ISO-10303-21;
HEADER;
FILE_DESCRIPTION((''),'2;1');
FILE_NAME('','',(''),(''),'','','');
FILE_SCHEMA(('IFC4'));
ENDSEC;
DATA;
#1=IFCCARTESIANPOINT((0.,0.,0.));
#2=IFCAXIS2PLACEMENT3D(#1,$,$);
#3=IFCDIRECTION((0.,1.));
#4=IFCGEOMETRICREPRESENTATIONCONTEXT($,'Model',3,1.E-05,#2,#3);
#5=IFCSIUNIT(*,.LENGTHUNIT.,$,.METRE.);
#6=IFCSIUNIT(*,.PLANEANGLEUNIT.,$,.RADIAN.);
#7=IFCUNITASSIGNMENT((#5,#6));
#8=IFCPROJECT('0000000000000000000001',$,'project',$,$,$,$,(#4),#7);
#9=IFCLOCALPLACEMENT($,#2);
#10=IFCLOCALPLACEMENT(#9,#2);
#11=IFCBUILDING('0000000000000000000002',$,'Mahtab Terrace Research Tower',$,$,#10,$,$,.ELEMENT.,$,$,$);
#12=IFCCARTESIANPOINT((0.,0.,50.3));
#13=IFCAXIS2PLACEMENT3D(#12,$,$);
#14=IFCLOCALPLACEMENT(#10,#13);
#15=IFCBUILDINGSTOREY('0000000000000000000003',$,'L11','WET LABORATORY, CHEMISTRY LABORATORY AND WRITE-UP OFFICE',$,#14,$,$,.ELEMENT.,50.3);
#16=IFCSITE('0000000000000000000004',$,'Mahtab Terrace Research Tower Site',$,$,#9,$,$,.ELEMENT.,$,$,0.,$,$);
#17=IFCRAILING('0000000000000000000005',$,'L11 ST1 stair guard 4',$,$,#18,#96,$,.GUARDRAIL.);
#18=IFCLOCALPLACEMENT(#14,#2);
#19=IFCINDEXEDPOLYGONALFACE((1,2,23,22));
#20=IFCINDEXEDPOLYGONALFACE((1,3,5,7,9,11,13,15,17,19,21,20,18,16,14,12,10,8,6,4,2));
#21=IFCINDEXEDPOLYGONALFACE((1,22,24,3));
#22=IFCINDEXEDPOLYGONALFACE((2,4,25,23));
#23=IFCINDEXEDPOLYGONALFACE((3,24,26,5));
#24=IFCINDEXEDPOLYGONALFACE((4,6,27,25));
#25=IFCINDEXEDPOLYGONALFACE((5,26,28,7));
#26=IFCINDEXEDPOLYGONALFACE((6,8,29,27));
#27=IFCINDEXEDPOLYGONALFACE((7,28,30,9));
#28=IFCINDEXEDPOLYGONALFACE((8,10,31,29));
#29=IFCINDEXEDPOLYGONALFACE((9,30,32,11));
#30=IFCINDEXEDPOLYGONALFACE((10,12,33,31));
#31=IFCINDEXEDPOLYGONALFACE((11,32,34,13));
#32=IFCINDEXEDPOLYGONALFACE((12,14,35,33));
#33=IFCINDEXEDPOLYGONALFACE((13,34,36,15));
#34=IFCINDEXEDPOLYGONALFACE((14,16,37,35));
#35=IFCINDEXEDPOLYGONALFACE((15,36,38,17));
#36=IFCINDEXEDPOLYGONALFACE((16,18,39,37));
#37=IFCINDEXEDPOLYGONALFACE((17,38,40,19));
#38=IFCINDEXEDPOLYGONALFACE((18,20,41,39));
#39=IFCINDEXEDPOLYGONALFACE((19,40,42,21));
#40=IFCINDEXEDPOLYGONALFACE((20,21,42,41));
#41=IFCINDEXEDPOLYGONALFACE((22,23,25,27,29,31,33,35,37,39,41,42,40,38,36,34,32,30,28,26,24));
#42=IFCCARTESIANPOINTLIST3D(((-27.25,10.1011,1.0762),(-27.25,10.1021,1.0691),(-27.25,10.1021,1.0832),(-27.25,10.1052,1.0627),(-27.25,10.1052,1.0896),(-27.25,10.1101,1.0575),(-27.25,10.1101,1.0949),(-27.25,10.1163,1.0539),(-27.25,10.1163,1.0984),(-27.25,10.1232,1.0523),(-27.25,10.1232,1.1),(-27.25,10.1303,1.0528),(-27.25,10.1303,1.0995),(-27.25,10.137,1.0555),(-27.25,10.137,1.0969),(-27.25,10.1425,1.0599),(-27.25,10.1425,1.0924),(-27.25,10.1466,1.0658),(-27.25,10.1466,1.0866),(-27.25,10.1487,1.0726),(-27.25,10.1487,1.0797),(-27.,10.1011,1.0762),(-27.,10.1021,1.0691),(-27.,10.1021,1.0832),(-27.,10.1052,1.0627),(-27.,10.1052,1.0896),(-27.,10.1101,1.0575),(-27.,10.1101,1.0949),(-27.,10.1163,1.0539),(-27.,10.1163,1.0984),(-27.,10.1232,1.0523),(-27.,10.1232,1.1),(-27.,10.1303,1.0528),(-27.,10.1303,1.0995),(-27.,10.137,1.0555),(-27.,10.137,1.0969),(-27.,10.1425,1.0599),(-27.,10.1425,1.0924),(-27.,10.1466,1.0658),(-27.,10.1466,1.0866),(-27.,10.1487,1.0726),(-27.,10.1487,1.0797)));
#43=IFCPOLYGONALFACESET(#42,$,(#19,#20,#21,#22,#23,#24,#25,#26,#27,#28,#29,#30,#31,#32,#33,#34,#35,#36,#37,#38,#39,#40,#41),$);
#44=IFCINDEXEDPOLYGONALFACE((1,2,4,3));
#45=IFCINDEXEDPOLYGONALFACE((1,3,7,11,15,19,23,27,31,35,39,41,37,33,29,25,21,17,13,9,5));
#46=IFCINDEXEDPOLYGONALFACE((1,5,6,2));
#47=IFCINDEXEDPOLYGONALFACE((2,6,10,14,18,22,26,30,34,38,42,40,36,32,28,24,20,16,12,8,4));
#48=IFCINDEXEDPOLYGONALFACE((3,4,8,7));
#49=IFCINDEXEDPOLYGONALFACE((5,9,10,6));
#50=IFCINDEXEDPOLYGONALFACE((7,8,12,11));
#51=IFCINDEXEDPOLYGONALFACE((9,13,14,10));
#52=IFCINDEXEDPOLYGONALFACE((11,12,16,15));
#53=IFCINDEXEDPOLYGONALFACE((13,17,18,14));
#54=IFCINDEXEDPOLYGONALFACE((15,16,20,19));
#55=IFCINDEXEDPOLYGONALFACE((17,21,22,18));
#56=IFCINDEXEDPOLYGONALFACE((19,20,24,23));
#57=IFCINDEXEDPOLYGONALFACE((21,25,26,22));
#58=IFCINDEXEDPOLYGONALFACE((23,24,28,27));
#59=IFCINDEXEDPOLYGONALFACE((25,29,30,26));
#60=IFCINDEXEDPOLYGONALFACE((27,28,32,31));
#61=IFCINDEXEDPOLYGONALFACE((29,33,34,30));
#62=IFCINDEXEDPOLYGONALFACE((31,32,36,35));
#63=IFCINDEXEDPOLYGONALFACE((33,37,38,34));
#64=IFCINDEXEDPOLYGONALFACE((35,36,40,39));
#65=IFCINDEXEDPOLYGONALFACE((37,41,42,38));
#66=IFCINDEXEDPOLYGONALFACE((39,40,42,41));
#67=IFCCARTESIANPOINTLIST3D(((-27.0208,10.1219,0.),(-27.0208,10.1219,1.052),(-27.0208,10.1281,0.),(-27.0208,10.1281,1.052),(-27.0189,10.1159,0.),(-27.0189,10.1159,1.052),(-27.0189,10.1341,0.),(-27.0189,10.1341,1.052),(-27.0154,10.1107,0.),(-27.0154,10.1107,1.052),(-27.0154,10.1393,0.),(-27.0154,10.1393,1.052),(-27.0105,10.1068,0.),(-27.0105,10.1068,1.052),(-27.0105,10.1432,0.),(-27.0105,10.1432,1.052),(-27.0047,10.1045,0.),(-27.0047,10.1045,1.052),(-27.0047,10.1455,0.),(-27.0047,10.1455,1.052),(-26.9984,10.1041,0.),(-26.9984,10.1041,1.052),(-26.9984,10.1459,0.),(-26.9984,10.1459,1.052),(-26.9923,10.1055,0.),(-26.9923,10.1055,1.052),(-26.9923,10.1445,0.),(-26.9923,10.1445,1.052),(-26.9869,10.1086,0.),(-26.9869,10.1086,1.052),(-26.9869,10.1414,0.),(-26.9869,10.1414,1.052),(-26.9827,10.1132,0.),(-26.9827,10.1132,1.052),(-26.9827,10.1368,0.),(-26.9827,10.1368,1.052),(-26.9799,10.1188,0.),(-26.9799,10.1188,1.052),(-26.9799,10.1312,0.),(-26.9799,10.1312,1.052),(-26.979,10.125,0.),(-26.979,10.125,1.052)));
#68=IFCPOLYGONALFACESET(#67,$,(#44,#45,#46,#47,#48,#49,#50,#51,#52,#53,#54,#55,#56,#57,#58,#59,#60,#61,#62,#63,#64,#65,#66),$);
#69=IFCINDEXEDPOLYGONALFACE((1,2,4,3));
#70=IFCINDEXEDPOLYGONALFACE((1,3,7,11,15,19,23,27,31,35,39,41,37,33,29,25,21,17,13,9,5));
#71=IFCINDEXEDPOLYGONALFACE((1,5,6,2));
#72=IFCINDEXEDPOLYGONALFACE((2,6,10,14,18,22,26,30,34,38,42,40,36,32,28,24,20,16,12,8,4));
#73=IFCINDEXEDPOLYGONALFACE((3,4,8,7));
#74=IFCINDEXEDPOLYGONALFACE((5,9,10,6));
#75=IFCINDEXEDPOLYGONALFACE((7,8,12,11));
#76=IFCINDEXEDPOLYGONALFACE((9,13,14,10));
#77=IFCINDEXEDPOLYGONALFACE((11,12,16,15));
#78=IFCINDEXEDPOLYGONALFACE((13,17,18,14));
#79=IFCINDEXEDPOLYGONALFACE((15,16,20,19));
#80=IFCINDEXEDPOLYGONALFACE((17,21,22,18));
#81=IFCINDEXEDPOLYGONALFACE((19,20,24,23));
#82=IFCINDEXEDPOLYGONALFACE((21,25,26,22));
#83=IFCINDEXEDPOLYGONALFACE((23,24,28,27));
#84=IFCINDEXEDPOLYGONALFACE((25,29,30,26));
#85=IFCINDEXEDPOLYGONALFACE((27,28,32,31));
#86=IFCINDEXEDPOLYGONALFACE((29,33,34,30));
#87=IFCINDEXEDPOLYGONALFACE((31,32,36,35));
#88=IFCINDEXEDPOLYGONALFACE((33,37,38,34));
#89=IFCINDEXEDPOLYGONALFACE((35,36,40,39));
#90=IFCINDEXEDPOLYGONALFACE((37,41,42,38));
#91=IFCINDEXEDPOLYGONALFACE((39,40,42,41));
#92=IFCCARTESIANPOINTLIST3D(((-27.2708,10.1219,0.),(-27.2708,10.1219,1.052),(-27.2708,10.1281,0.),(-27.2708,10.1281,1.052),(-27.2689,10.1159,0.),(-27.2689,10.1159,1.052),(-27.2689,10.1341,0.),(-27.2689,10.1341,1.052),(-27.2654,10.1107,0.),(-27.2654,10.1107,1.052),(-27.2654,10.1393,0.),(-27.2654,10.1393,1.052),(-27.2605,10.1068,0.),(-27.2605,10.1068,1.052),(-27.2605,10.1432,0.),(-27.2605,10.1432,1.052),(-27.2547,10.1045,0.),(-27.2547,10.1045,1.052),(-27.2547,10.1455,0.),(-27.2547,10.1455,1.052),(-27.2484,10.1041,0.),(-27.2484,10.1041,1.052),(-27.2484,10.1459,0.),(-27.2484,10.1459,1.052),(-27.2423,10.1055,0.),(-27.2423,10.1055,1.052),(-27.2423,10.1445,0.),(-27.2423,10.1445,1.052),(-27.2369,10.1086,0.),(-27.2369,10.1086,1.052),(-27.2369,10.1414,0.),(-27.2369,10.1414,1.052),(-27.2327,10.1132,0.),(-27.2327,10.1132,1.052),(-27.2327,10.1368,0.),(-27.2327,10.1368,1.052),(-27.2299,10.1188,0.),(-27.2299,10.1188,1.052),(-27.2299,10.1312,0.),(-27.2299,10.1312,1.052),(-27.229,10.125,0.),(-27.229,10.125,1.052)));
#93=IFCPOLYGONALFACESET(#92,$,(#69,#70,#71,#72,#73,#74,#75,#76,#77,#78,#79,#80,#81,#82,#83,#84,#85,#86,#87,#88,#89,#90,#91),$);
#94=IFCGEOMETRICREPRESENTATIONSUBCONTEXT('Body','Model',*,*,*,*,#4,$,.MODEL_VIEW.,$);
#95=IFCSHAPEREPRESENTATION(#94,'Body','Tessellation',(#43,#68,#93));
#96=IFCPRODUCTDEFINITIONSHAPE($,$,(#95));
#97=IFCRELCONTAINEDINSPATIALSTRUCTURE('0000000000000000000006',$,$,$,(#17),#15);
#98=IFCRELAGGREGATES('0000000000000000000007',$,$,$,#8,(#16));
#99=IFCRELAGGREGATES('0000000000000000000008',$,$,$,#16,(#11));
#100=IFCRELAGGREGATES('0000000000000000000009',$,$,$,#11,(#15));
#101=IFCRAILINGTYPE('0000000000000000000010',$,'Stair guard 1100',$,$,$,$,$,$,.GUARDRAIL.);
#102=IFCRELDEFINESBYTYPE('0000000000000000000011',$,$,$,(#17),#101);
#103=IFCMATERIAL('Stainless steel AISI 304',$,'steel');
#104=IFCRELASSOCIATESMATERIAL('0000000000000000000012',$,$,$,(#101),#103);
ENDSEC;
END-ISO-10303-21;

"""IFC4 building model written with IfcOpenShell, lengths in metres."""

from ifc_helpers import new_model, si_unit, direction, frame, origin, origin_2d, place, context, subcontext, project, spatial, circle, extrude, material, type_object, element, save


model = new_model("IFC4")

# Units and contexts
model_context = context("Model", 3, precision=1e-05, world=origin(), true_north=direction((0.0, 1.0)))
body_context = subcontext(model_context, "Body", "Model", "MODEL_VIEW")
ifc_project = project(units=[si_unit("LENGTHUNIT", "METRE"), si_unit("PLANEANGLEUNIT", "RADIAN")], contexts=[model_context])

# Site, building, storey
site_placement = place(None, origin())
site = spatial("IfcSite", under=ifc_project, at=site_placement, Name="Mahtab Terrace Research Tower Site", CompositionType="ELEMENT", RefElevation=0.0)
building_placement = place(site_placement, origin())
building = spatial("IfcBuilding", under=site, at=building_placement, Name="Mahtab Terrace Research Tower", CompositionType="ELEMENT")
storey_placement = place(building_placement, frame((0.0, 0.0, 50.3)))
storey = spatial("IfcBuildingStorey", under=building, at=storey_placement, Name="L11", Description="WET LABORATORY, CHEMISTRY LABORATORY AND WRITE-UP OFFICE", CompositionType="ELEMENT", Elevation=50.3)

# Railing
ifc_material_1 = material(Name="Stainless steel AISI 304", Category="steel")
railing_type_1 = type_object("IfcRailingType", Name="Stair guard 1100", PredefinedType="GUARDRAIL", material=ifc_material_1)
railing_1_placement = place(storey_placement, frame((-27.0, 10.125, 0.0)))
element("IfcRailing", 1, at=railing_1_placement, inside=storey, type_object=railing_type_1, Name="L11 ST1 stair guard 4", PredefinedType="GUARDRAIL", context=body_context, shape_type="SweptSolid", body=[
    extrude(circle(Radius=0.0239, at=origin_2d()), frame((0.0, 0.0, 1.0762), z_axis=(-1.0, 0.0, 0.0), x_axis=(0.0, -1.0, 0.0)), (0.0, 0.0, 1.0), 0.25),
    extrude(circle(Radius=0.021, at=origin_2d()), origin(), (0.0, 0.0, 1.0), 1.052),
    extrude(circle(Radius=0.021, at=origin_2d()), frame((-0.25, 0.0, 0.0)), (0.0, 0.0, 1.0), 1.052),
])

save(model, "model.ifc")
